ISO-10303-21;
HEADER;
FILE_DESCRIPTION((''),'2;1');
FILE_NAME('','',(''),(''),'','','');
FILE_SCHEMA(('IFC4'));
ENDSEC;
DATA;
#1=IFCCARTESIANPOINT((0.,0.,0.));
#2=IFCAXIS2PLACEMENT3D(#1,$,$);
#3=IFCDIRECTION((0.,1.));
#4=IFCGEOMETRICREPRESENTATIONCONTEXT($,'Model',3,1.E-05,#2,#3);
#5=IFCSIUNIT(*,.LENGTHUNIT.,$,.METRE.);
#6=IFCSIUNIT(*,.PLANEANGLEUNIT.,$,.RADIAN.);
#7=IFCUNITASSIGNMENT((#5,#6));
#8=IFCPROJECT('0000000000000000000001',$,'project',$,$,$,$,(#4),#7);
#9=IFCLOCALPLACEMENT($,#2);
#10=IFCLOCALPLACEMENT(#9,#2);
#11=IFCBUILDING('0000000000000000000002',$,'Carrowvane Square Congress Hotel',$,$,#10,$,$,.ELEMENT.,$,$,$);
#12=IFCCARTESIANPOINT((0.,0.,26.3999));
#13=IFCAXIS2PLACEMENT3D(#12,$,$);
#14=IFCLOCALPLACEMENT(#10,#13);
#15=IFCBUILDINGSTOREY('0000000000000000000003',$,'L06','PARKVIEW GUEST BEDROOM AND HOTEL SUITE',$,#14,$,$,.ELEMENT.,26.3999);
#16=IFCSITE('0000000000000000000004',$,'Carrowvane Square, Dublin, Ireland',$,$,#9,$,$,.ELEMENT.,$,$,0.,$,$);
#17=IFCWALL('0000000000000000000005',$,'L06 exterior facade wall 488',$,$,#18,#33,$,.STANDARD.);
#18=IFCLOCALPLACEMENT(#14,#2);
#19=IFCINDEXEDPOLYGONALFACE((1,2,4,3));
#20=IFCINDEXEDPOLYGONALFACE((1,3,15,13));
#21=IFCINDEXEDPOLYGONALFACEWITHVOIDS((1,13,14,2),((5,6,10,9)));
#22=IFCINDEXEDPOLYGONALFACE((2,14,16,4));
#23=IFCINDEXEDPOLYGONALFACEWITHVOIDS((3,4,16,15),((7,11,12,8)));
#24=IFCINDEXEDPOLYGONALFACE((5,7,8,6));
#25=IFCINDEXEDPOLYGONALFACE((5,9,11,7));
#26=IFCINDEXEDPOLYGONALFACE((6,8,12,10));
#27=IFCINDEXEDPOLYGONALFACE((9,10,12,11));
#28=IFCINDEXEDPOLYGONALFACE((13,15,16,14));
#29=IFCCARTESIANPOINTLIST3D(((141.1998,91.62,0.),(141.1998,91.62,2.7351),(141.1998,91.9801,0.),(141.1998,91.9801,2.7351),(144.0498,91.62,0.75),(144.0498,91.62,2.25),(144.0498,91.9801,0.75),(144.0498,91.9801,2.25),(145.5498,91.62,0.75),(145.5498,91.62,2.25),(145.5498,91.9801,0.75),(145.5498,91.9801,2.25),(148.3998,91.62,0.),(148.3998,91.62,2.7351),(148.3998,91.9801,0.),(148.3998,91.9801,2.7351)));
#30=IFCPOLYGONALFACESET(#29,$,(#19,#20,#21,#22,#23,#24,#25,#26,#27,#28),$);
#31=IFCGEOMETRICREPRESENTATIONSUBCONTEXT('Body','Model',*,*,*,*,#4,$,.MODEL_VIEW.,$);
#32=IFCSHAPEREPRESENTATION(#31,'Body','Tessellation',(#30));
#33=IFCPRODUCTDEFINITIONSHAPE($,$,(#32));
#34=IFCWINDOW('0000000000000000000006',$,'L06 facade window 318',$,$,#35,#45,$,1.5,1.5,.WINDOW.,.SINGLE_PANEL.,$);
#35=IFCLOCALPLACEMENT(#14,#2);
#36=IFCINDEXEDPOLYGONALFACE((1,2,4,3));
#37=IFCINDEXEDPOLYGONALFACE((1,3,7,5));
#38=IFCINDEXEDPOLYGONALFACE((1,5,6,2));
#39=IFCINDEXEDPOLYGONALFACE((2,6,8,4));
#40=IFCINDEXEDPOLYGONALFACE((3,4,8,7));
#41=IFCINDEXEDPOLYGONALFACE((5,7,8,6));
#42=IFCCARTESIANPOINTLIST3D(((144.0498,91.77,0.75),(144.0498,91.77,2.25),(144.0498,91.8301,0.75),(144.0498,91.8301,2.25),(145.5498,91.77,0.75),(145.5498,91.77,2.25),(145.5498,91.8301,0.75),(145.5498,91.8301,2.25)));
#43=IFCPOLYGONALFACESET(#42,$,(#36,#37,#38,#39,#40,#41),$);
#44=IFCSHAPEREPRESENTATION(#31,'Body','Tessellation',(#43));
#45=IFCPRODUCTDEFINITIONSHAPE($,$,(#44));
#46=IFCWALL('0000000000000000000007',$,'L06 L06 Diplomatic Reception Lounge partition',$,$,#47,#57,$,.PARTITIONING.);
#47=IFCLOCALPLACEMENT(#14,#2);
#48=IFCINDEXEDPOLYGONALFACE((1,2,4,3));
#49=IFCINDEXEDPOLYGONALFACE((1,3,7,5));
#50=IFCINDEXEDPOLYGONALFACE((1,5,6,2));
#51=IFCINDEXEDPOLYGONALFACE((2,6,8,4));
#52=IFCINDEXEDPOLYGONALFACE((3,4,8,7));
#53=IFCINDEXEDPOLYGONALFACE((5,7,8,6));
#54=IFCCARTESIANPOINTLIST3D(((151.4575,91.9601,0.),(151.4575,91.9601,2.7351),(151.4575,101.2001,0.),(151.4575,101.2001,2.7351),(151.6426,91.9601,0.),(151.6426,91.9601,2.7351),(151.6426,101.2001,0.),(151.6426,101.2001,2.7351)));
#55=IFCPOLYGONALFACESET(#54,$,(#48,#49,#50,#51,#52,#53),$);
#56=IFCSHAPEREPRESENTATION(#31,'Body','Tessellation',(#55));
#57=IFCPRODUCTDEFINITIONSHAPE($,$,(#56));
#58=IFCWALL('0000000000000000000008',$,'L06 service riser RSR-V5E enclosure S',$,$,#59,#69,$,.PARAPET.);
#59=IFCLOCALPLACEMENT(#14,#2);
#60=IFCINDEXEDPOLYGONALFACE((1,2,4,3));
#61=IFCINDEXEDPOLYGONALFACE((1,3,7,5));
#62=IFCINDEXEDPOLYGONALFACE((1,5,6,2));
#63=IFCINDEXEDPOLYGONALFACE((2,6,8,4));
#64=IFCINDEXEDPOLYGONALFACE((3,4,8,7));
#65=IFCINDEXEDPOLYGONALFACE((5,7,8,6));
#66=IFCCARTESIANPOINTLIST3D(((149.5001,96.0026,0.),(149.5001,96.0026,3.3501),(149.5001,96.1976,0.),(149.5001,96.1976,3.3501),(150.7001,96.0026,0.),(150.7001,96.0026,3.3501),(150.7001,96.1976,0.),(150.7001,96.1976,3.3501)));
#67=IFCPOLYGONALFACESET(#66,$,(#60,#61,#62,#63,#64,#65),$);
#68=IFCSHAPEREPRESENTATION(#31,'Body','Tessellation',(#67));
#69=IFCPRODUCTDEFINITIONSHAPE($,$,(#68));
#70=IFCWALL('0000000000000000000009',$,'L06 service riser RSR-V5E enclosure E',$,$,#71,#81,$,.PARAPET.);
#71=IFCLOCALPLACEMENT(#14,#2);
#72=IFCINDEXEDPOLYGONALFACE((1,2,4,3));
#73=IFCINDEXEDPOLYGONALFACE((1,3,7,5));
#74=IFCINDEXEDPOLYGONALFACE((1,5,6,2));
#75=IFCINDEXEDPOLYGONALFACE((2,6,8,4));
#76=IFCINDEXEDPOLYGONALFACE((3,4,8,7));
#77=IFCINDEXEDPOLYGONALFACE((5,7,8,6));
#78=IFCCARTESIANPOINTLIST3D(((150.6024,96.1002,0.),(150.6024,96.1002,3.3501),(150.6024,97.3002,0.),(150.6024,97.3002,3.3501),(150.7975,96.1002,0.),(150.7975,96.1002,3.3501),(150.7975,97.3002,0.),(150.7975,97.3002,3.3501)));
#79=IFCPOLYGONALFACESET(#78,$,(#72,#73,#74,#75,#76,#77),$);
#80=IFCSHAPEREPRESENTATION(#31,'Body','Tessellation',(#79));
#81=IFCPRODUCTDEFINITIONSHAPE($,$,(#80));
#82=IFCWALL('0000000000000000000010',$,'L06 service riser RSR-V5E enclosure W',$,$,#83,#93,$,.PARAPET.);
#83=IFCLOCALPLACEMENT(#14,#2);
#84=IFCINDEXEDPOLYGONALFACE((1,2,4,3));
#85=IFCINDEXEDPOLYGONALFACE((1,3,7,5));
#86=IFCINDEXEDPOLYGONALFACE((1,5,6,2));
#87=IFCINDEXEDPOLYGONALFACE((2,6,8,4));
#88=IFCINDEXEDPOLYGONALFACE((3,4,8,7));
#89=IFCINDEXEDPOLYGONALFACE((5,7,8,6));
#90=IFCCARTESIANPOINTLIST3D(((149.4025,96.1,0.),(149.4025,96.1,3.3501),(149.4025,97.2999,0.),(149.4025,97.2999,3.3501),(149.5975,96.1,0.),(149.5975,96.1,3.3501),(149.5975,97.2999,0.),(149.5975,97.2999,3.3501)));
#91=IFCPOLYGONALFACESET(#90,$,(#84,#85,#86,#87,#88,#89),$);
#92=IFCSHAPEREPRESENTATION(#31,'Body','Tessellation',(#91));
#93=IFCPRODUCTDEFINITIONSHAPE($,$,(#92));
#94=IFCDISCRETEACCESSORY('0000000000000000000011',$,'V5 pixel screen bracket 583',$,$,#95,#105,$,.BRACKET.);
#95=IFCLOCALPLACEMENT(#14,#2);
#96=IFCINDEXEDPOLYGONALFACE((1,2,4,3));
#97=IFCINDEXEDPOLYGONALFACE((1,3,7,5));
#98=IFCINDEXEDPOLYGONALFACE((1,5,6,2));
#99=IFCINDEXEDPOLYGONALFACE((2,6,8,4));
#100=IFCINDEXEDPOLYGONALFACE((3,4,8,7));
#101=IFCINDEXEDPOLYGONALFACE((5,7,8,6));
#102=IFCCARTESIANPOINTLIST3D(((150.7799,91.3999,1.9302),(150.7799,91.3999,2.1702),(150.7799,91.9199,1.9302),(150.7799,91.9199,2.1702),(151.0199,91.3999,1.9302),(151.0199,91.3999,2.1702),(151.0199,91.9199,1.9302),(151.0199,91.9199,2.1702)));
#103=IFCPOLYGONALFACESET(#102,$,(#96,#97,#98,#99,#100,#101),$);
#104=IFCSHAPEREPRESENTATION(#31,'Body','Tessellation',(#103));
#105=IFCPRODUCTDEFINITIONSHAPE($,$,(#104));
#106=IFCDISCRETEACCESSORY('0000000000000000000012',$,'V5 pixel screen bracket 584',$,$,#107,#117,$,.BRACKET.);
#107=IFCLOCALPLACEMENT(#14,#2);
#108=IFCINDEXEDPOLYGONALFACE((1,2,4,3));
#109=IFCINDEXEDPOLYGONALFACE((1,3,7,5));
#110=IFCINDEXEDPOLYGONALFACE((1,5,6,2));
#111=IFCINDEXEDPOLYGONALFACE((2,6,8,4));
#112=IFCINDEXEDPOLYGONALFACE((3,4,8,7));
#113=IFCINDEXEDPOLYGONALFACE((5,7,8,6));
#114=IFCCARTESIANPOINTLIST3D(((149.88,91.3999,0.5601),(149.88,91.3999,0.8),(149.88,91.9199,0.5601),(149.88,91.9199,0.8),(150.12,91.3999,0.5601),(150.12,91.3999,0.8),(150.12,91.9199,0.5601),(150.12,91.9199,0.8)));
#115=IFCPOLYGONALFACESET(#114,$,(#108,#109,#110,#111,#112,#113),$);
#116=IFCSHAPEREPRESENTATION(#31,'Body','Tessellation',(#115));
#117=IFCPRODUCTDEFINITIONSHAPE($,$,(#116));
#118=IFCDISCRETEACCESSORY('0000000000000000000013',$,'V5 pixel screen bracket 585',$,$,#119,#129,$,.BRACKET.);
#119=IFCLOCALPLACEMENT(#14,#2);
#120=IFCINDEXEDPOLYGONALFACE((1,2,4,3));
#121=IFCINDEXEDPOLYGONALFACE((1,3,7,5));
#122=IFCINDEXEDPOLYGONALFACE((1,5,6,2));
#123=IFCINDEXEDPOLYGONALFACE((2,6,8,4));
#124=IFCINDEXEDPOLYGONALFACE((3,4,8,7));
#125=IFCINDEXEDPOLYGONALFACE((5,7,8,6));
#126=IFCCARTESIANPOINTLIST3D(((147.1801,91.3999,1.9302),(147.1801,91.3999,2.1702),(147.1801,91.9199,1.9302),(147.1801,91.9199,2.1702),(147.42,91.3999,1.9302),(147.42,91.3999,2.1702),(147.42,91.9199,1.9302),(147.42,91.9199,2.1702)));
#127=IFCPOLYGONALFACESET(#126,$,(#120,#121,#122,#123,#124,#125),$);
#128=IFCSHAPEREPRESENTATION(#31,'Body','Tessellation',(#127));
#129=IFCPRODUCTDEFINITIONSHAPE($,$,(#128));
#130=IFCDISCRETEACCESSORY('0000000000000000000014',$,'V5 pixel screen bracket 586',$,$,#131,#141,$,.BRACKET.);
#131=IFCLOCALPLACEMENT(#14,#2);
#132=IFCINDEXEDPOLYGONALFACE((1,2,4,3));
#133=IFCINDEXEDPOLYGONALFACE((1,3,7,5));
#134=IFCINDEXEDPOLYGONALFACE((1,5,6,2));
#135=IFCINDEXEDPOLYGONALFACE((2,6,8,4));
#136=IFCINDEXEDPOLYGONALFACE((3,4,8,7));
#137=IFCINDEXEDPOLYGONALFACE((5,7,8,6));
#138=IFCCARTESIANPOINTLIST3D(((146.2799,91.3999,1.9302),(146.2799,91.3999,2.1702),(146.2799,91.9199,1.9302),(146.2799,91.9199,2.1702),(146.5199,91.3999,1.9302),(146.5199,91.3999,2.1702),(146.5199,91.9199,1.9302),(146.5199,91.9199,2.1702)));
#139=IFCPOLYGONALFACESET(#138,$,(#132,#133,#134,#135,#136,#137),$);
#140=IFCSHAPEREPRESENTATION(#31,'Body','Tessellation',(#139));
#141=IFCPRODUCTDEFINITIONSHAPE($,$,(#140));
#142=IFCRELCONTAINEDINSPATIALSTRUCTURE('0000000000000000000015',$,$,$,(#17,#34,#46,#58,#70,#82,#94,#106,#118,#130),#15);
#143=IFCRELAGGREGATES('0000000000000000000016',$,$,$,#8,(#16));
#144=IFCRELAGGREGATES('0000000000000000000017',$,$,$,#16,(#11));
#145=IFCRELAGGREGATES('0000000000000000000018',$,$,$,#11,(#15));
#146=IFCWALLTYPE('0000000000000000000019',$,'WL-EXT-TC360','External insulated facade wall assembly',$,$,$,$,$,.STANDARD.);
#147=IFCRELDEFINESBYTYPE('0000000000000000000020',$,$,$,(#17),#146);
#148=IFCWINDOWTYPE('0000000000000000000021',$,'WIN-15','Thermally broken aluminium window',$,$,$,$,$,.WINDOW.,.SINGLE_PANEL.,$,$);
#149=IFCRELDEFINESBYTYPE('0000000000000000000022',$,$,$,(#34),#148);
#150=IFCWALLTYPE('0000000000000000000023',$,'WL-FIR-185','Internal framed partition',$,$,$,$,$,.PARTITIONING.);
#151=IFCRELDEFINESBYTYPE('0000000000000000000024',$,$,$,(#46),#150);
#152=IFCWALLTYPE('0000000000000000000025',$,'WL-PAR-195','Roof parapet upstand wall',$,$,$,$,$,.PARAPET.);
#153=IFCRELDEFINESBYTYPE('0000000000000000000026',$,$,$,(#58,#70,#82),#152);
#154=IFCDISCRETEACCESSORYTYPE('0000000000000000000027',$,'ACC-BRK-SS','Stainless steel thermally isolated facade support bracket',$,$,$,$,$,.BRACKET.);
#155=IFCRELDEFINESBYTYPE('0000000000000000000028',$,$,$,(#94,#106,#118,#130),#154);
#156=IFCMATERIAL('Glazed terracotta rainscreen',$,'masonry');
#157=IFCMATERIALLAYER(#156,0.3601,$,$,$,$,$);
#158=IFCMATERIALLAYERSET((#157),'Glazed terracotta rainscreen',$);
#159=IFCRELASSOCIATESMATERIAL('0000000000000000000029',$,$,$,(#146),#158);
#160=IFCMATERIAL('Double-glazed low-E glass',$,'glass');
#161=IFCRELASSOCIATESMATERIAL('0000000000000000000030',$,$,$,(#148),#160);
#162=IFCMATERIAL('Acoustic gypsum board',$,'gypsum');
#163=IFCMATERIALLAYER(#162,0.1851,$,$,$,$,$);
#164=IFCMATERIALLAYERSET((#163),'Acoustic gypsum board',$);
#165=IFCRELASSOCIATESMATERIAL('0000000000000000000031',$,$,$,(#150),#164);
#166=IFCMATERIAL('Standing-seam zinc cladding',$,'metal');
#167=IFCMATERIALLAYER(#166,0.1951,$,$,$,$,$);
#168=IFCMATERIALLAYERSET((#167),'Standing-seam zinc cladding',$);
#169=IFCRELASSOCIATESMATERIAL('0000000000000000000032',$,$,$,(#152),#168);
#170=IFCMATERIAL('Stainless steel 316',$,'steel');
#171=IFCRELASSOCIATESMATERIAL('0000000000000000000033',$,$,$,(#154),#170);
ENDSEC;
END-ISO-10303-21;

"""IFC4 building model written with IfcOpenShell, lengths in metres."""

from ifc_helpers import new_model, si_unit, direction, frame, frame_2d, origin, origin_2d, place, context, subcontext, project, spatial, rectangle, extrude, material, layer, layer_set, type_object, element, fill, save


model = new_model("IFC4")

# Units and contexts
model_context = context("Model", 3, precision=1e-05, world=origin(), true_north=direction((0.0, 1.0)))
body_context = subcontext(model_context, "Body", "Model", "MODEL_VIEW")
ifc_project = project(units=[si_unit("LENGTHUNIT", "METRE"), si_unit("PLANEANGLEUNIT", "RADIAN")], contexts=[model_context])

# Site, building, storey
site_placement = place(None, origin())
site = spatial("IfcSite", under=ifc_project, at=site_placement, Name="Carrowvane Square, Dublin, Ireland", CompositionType="ELEMENT", RefElevation=0.0)
building_placement = place(site_placement, origin())
building = spatial("IfcBuilding", under=site, at=building_placement, Name="Carrowvane Square Congress Hotel", CompositionType="ELEMENT")
storey_placement = place(building_placement, frame((0.0, 0.0, 26.3999)))
storey = spatial("IfcBuildingStorey", under=building, at=storey_placement, Name="L06", Description="PARKVIEW GUEST BEDROOM AND HOTEL SUITE", CompositionType="ELEMENT", Elevation=26.3999)

# Shared definitions
ifc_material_1 = material(Name="Glazed terracotta rainscreen", Category="masonry")
ifc_layer_1 = layer(ifc_material_1, 0.3601)
ifc_layer_set_1 = layer_set([ifc_layer_1], Name="Glazed terracotta rainscreen")
wall_type_1 = type_object("IfcWallType", Name="WL-EXT-TC360", Description="External insulated facade wall assembly", PredefinedType="STANDARD", material=ifc_layer_set_1)

# Wall, opening, window
wall_1_placement = place(storey_placement, frame((148.3999, 91.8, 0.0), z_axis=(0.0, 0.0, 1.0), x_axis=(-1.0, 0.0, 0.0)))
wall_1 = element("IfcWall", 1, at=wall_1_placement, inside=storey, type_object=wall_type_1, Name="L06 exterior facade wall 488", PredefinedType="STANDARD", context=body_context, shape_type="SweptSolid", body=[
    extrude(rectangle(XDim=7.2, YDim=0.3601, at=frame_2d((3.6001, 0.0))), origin(), (0.0, 0.0, 1.0), 2.7351),
])
opening_1_placement = place(wall_1_placement, frame((2.8501, 0.0, 0.75)))
opening_1 = element("IfcOpeningElement", 2, at=opening_1_placement, cuts=wall_1, PredefinedType="OPENING", context=body_context, shape_type="SweptSolid", body=[
    extrude(rectangle(XDim=1.5, YDim=1.5, at=frame_2d((0.75, 0.75))), frame((0.0, 0.1899, 0.0), z_axis=(0.0, -1.0, 0.0), x_axis=(1.0, 0.0, 0.0)), (0.0, 0.0, 1.0), 0.3801),
])
ifc_material_2 = material(Name="Double-glazed low-E glass", Category="glass")
window_type_1 = type_object("IfcWindowType", Name="WIN-15", Description="Thermally broken aluminium window", PartitioningType="SINGLE_PANEL", PredefinedType="WINDOW", material=ifc_material_2)
window_1_placement = place(opening_1_placement, origin())
window_1 = element("IfcWindow", 3, at=window_1_placement, inside=storey, type_object=window_type_1, Name="L06 facade window 318", OverallHeight=1.5, OverallWidth=1.5, PartitioningType="SINGLE_PANEL", PredefinedType="WINDOW", context=body_context, shape_type="SweptSolid", body=[
    extrude(rectangle(XDim=1.5, YDim=1.5, at=frame_2d((0.75, 0.75))), frame((0.0, 0.03, 0.0), z_axis=(0.0, -1.0, 0.0), x_axis=(1.0, 0.0, 0.0)), (0.0, 0.0, 1.0), 0.0601),
])
fill(opening_1, window_1)

# Walls
ifc_material_3 = material(Name="Acoustic gypsum board", Category="gypsum")
ifc_layer_2 = layer(ifc_material_3, 0.1851)
ifc_layer_set_2 = layer_set([ifc_layer_2], Name="Acoustic gypsum board")
wall_type_2 = type_object("IfcWallType", Name="WL-FIR-185", Description="Internal framed partition", PredefinedType="PARTITIONING", material=ifc_layer_set_2)
wall_2_placement = place(storey_placement, frame((151.55, 91.96, 0.0), z_axis=(0.0, 0.0, 1.0), x_axis=(0.0, 1.0, 0.0)))
element("IfcWall", 4, at=wall_2_placement, inside=storey, type_object=wall_type_2, Name="L06 L06 Diplomatic Reception Lounge partition", PredefinedType="PARTITIONING", context=body_context, shape_type="SweptSolid", body=[
    extrude(rectangle(XDim=9.24, YDim=0.1851, at=frame_2d((4.6201, 0.0))), origin(), (0.0, 0.0, 1.0), 2.7351),
])
ifc_material_4 = material(Name="Standing-seam zinc cladding", Category="metal")
ifc_layer_3 = layer(ifc_material_4, 0.1951)
ifc_layer_set_3 = layer_set([ifc_layer_3], Name="Standing-seam zinc cladding")
wall_type_3 = type_object("IfcWallType", Name="WL-PAR-195", Description="Roof parapet upstand wall", PredefinedType="PARAPET", material=ifc_layer_set_3)
for number, where, z_axis, x_axis, name in (
    (5, (149.5, 96.1001, 0.0), (0.0, 0.0, 1.0), (1.0, 0.0, 0.0), "L06 service riser RSR-V5E enclosure S"),
    (6, (150.7, 96.1001, 0.0), (0.0, 0.0, 1.0), (0.0, 1.0, 0.0), "L06 service riser RSR-V5E enclosure E"),
    (7, (149.5, 97.3, 0.0), (0.0, 0.0, 1.0), (0.0, -1.0, 0.0), "L06 service riser RSR-V5E enclosure W"),
):
    element("IfcWall", number, at=place(storey_placement, frame(where, z_axis=z_axis, x_axis=x_axis)), inside=storey, type_object=wall_type_3, Name=name, PredefinedType="PARAPET", context=body_context, shape_type="SweptSolid", body=[
        extrude(rectangle(XDim=1.2, YDim=0.1951, at=frame_2d((0.6001, 0.0))), origin(), (0.0, 0.0, 1.0), 3.3501),
    ])

# Discrete accessories
ifc_material_5 = material(Name="Stainless steel 316", Category="steel")
discrete_accessory_type = type_object("IfcDiscreteAccessoryType", Name="ACC-BRK-SS", Description="Stainless steel thermally isolated facade support bracket", PredefinedType="BRACKET", material=ifc_material_5)
for number, where, z_axis, x_axis, name in (
    (8, (150.8999, 91.6599, 1.9302), (0.0, 0.0, 1.0), (-1.0, 0.0, 0.0), "V5 pixel screen bracket 583"),
    (9, (150.0, 91.6599, 0.5601), (0.0, 0.0, 1.0), (-1.0, 0.0, 0.0), "V5 pixel screen bracket 584"),
    (10, (147.3, 91.6599, 1.9302), (0.0, 0.0, 1.0), (-1.0, 0.0, 0.0), "V5 pixel screen bracket 585"),
    (11, (146.3999, 91.6599, 1.9302), (0.0, 0.0, 1.0), (-1.0, 0.0, 0.0), "V5 pixel screen bracket 586"),
):
    element("IfcDiscreteAccessory", number, at=place(storey_placement, frame(where, z_axis=z_axis, x_axis=x_axis)), inside=storey, type_object=discrete_accessory_type, Name=name, PredefinedType="BRACKET", context=body_context, shape_type="SweptSolid", body=[
        extrude(rectangle(XDim=0.24, YDim=0.52, at=origin_2d()), origin(), (0.0, 0.0, 1.0), 0.24),
    ])

save(model, "model.ifc")
